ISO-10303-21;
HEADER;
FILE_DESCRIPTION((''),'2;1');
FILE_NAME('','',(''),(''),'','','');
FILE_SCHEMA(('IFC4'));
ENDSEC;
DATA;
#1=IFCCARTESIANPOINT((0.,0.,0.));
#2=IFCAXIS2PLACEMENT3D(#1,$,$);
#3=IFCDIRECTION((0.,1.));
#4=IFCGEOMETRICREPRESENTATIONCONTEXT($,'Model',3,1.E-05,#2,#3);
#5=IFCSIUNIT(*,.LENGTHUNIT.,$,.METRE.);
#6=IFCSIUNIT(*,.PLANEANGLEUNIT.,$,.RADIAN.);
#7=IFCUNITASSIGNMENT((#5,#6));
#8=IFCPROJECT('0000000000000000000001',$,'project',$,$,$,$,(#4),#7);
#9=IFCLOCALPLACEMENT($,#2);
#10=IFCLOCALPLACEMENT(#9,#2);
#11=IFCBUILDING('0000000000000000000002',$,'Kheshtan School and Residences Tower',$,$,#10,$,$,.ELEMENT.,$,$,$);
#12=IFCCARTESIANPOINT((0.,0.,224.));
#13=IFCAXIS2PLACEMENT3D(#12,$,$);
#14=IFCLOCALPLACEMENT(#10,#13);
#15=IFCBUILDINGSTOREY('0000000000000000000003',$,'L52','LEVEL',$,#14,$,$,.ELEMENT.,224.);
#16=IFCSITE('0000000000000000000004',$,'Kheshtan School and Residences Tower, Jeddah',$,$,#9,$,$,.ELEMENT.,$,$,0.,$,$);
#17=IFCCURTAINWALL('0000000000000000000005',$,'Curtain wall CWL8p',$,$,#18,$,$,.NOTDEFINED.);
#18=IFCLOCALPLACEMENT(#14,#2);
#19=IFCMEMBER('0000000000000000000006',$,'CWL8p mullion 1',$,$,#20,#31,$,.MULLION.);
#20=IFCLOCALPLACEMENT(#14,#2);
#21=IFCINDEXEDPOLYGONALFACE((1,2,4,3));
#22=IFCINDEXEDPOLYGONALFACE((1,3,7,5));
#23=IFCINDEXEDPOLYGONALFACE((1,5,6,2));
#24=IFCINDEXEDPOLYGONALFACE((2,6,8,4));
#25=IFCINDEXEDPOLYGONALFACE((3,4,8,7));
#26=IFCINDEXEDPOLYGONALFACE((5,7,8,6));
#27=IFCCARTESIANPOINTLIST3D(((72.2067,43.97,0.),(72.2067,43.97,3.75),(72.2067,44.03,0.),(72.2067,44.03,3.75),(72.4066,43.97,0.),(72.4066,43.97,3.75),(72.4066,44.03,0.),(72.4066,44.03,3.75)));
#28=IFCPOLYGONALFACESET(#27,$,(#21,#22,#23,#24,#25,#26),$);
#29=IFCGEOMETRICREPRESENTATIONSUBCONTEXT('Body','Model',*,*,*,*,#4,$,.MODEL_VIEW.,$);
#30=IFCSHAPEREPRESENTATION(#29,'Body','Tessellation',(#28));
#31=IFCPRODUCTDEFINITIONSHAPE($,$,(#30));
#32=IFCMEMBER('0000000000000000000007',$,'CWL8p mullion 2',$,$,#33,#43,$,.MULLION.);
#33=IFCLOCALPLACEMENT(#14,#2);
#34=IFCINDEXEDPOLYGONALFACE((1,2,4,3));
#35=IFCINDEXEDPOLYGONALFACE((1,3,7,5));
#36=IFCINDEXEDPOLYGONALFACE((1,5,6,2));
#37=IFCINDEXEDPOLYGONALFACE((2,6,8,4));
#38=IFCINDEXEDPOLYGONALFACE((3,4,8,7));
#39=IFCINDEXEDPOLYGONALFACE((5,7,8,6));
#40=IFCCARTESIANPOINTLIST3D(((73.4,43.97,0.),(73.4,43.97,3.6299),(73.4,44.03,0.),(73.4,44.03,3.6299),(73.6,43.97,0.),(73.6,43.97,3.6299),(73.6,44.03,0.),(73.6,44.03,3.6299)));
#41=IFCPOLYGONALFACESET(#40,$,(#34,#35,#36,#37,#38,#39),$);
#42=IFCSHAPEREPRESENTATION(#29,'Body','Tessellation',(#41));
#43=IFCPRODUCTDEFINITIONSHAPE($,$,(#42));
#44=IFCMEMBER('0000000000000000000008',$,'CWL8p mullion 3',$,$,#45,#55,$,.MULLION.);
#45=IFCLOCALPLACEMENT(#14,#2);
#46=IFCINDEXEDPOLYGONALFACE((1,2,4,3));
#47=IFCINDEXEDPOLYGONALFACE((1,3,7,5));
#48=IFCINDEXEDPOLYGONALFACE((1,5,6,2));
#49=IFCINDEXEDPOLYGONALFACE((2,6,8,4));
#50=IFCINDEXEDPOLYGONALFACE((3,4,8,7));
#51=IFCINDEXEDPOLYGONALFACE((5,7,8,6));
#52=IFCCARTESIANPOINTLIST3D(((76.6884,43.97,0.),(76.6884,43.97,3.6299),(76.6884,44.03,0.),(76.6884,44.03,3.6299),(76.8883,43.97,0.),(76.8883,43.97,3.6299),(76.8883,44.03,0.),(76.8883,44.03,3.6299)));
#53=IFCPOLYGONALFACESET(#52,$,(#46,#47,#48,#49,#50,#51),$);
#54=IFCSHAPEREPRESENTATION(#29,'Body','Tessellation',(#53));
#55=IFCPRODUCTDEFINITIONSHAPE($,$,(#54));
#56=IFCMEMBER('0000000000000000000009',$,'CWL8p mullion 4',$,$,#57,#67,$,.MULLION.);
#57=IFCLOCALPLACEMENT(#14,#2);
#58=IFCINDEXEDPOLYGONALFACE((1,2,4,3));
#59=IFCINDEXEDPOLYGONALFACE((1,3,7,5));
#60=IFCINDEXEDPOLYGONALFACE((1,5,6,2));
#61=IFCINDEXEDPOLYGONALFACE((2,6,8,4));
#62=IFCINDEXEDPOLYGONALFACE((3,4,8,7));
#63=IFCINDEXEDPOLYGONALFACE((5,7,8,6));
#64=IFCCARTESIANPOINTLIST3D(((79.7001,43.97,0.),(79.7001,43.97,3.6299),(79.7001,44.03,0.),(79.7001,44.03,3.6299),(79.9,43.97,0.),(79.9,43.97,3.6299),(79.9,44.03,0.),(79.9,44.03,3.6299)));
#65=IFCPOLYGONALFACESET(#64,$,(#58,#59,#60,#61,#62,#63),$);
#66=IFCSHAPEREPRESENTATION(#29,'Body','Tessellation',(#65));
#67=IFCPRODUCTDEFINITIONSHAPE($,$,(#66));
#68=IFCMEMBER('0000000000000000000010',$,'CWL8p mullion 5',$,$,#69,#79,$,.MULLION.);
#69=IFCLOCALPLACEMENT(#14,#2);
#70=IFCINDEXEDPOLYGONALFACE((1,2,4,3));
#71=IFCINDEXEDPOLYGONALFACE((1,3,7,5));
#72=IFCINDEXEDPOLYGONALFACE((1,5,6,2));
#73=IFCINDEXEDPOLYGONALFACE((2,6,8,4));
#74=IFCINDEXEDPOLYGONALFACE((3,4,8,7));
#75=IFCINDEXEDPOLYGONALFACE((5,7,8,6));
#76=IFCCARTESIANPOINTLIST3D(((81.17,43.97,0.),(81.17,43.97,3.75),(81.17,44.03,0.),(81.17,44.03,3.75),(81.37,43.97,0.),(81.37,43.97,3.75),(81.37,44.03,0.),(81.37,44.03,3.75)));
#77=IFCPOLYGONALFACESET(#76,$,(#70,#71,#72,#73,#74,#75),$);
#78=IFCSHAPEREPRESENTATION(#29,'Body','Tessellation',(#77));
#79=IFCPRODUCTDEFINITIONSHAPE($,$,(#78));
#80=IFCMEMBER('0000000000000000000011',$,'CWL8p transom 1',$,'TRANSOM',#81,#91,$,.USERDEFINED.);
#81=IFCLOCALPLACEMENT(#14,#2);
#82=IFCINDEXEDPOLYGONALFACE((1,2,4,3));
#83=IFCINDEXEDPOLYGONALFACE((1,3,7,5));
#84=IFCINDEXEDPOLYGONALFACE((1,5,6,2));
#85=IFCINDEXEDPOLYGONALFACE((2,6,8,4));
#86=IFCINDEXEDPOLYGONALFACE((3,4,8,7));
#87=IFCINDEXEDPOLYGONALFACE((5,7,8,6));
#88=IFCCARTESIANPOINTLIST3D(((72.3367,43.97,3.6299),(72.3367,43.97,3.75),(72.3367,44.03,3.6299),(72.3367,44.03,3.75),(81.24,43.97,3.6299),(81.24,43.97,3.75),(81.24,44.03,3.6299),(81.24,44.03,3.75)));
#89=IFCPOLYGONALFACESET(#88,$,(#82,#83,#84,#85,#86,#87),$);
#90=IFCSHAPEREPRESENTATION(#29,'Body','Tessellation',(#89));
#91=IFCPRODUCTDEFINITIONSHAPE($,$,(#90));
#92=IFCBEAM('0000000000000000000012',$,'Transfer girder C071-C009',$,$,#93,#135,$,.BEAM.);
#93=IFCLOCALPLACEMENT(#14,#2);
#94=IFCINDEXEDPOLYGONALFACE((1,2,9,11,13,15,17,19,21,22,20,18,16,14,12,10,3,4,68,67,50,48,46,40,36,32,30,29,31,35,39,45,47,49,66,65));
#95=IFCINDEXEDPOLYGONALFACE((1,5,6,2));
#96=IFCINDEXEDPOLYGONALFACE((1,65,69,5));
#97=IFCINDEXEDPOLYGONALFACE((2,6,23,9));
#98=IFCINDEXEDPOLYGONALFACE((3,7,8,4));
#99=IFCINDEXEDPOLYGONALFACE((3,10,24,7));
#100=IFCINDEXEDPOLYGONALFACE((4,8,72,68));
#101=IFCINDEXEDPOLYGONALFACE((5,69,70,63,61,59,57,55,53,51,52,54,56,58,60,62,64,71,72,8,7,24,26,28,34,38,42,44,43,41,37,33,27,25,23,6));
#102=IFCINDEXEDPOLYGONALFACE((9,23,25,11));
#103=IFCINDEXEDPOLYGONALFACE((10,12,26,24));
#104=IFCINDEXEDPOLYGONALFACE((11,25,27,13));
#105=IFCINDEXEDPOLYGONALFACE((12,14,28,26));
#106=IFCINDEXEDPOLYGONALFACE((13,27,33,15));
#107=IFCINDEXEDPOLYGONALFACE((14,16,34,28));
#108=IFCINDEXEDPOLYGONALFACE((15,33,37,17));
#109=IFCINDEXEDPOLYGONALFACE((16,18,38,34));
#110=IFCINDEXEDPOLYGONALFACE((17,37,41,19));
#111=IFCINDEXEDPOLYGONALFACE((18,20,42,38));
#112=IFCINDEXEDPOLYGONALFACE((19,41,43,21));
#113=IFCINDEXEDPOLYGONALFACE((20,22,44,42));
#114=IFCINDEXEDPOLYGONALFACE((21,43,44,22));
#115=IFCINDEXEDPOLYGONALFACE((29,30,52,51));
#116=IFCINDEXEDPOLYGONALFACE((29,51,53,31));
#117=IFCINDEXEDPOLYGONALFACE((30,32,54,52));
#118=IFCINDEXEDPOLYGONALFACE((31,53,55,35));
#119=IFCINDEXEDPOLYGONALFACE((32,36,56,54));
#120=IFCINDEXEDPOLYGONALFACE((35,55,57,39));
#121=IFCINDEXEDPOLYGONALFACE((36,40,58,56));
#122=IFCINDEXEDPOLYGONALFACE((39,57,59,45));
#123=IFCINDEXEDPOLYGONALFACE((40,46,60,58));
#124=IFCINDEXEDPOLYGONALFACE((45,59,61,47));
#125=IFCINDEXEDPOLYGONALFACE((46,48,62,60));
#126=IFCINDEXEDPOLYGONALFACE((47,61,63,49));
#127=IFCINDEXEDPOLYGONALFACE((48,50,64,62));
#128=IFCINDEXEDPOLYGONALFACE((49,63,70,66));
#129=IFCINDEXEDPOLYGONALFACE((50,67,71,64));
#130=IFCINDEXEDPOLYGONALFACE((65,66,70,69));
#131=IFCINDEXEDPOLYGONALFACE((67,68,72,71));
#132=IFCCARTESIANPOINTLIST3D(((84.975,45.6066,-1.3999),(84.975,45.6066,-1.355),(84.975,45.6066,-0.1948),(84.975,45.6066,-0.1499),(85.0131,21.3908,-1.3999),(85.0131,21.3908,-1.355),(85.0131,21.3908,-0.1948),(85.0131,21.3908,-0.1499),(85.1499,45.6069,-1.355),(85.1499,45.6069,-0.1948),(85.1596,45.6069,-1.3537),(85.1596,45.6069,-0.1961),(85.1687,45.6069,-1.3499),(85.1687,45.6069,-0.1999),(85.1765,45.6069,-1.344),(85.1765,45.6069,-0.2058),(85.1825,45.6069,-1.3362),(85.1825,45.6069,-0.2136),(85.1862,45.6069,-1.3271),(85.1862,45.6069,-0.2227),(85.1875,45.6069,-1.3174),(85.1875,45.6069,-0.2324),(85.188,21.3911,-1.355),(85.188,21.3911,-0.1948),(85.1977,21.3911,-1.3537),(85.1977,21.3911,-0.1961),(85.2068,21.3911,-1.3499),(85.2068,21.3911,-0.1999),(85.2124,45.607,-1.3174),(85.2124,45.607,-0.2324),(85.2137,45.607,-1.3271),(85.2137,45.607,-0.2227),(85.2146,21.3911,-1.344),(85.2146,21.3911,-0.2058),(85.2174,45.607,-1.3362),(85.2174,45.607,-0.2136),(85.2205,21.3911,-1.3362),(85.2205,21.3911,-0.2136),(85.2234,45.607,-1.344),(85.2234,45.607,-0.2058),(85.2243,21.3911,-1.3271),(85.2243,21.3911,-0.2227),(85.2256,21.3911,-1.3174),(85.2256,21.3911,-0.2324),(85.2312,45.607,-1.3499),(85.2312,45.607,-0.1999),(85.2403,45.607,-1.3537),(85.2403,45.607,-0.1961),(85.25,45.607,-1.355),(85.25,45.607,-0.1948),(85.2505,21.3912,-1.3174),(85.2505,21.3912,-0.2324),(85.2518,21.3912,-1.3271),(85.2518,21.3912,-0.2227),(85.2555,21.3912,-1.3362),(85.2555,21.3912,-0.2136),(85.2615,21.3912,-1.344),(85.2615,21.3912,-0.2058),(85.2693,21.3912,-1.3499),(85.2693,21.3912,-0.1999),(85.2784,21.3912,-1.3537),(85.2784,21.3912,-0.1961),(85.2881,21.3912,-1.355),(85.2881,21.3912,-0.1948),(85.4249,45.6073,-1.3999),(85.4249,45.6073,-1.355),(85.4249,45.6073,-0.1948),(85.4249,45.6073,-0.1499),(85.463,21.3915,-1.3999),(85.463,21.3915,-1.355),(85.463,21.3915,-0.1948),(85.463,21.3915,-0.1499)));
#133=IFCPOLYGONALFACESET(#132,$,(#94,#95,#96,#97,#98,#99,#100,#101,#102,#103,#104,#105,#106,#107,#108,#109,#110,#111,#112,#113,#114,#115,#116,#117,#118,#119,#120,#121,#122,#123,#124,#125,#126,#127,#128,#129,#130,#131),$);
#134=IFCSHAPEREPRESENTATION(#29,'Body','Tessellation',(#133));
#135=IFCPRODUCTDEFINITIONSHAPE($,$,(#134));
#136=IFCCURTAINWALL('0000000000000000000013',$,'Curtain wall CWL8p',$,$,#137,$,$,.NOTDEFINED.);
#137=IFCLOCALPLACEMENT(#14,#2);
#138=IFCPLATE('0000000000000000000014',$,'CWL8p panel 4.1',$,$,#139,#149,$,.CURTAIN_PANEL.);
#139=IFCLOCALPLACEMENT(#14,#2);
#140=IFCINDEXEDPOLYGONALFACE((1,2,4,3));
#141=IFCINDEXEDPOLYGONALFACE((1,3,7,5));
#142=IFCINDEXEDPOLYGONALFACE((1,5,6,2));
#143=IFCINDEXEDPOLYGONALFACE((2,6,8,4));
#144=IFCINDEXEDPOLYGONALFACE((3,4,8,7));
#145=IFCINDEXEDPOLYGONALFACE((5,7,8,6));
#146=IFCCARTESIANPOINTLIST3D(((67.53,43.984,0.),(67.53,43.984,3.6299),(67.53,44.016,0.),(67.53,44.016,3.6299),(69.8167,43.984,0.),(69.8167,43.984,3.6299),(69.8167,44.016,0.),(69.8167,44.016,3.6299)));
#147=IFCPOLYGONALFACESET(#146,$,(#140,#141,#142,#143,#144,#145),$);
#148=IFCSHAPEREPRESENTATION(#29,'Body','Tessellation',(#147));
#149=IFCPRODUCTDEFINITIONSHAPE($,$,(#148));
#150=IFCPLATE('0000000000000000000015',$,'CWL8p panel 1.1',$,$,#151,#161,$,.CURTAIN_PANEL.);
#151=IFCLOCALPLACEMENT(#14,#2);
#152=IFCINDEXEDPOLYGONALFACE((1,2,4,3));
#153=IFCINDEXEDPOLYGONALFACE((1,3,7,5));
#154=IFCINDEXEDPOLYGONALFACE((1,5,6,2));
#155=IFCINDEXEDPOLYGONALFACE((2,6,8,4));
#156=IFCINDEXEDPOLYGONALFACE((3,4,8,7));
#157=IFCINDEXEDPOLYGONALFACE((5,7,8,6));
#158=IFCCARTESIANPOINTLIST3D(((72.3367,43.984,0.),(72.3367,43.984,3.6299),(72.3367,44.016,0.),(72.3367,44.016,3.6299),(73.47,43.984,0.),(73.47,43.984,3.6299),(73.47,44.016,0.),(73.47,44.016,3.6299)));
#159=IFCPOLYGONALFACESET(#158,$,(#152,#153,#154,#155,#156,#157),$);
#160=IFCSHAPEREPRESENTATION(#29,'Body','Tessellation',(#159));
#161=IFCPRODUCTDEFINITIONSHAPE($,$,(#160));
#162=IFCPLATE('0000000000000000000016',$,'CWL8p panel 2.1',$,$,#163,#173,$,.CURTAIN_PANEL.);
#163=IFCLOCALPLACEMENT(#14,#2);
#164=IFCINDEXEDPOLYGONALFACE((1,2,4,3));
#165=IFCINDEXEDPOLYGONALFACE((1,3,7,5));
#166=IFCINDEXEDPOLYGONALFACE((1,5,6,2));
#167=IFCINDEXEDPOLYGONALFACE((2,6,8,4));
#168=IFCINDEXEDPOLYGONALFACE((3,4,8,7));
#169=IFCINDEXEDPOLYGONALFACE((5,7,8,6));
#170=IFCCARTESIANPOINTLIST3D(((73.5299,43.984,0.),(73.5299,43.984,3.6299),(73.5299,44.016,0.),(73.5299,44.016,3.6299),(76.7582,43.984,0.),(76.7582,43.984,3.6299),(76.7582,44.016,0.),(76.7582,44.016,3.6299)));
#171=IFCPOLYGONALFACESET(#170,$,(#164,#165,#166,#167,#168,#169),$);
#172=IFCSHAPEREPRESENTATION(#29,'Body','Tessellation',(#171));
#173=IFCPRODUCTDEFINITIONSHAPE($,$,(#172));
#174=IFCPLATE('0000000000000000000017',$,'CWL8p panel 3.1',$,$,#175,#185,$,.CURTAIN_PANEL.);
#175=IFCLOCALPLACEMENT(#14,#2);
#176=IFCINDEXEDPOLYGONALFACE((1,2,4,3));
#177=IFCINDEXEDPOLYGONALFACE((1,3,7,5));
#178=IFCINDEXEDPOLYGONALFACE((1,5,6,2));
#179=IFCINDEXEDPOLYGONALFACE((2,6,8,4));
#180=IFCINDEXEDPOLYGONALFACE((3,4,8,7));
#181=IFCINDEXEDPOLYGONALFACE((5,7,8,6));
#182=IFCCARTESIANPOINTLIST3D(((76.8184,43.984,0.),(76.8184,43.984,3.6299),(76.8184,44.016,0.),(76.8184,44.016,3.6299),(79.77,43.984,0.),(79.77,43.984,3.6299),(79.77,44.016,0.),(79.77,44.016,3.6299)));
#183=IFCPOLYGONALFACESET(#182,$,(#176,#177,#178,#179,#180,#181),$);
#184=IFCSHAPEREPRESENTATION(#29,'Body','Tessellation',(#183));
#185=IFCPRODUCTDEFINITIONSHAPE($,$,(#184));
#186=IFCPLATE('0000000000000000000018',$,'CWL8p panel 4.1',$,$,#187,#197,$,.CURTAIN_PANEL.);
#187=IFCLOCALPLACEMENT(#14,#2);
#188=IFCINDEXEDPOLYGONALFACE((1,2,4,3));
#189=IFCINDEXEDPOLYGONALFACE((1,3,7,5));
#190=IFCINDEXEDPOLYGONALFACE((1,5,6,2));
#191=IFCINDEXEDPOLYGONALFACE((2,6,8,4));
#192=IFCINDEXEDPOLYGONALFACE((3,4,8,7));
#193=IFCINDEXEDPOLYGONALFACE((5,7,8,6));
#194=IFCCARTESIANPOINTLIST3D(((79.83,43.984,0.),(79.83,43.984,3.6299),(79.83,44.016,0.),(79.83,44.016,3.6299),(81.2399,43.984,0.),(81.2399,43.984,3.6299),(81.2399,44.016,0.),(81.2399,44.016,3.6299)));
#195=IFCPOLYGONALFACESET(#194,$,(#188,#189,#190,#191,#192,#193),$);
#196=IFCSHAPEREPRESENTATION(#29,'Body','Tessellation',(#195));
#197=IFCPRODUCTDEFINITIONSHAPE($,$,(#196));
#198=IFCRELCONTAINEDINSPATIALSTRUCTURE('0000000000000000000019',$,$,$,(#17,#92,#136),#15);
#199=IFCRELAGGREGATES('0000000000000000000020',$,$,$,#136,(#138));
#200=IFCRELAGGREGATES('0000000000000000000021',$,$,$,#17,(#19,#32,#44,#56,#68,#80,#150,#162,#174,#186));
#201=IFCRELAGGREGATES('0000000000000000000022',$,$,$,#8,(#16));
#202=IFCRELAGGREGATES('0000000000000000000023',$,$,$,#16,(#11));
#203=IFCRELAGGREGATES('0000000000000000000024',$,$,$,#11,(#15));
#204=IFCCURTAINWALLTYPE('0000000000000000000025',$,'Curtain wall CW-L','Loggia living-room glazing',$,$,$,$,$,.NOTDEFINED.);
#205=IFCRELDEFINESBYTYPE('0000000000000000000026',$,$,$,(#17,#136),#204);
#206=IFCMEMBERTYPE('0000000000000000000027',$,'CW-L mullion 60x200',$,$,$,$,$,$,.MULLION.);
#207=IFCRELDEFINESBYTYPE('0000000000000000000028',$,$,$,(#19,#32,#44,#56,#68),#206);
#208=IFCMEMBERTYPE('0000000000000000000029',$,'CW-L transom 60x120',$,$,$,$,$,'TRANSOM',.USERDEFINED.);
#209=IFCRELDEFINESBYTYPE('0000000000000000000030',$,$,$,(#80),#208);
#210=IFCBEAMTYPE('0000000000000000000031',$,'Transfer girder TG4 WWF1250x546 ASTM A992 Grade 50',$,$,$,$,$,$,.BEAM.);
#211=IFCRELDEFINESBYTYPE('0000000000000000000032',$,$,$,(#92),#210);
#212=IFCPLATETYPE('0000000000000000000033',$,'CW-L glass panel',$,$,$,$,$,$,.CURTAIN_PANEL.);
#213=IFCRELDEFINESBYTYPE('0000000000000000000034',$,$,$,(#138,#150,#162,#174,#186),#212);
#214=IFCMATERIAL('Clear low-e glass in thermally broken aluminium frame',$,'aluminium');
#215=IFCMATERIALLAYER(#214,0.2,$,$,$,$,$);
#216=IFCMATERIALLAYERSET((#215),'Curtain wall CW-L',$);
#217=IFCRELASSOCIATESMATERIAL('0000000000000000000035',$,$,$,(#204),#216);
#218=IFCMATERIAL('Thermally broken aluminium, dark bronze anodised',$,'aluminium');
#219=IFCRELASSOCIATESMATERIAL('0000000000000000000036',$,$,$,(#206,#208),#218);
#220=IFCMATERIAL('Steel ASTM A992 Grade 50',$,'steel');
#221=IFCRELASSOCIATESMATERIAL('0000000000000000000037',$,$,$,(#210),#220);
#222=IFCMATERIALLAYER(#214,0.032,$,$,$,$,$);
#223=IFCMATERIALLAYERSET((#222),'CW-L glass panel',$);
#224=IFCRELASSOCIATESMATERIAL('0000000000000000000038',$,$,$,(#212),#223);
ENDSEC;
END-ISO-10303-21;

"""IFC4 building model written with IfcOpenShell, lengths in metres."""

from ifc_helpers import new_model, si_unit, direction, frame, origin, origin_2d, place, context, subcontext, project, spatial, rectangle, i_section, extrude, material, layer, layer_set, material_profile, profile_set, type_object, element, aggregate, save


model = new_model("IFC4")

# Units and contexts
model_context = context("Model", 3, precision=1e-05, world=origin(), true_north=direction((0.0, 1.0)))
body_context = subcontext(model_context, "Body", "Model", "MODEL_VIEW")
ifc_project = project(units=[si_unit("LENGTHUNIT", "METRE"), si_unit("PLANEANGLEUNIT", "RADIAN")], contexts=[model_context])

# Site, building, storey
site_placement = place(None, origin())
site = spatial("IfcSite", under=ifc_project, at=site_placement, Name="Kheshtan School and Residences Tower, Jeddah", CompositionType="ELEMENT", RefElevation=0.0)
building_placement = place(site_placement, origin())
building = spatial("IfcBuilding", under=site, at=building_placement, Name="Kheshtan School and Residences Tower", CompositionType="ELEMENT")
storey_placement = place(building_placement, frame((0.0, 0.0, 224.0)))
storey = spatial("IfcBuildingStorey", under=building, at=storey_placement, Name="L52", Description="LEVEL", CompositionType="ELEMENT", Elevation=224.0)

# Shared definitions
ifc_material_1 = material(Name="Steel ASTM A992 Grade 50", Category="steel")

# Curtain wall, members
ifc_material_2 = material(Name="Clear low-e glass in thermally broken aluminium frame", Category="aluminium")
ifc_layer_1 = layer(ifc_material_2, 0.2)
ifc_layer_set_1 = layer_set([ifc_layer_1], Name="Curtain wall CW-L")
curtain_wall_type = type_object("IfcCurtainWallType", Name="Curtain wall CW-L", Description="Loggia living-room glazing", PredefinedType="NOTDEFINED", material=ifc_layer_set_1)
curtain_wall_1_placement = place(storey_placement, origin())
curtain_wall_1 = element("IfcCurtainWall", 1, at=curtain_wall_1_placement, inside=storey, type_object=curtain_wall_type, Name="Curtain wall CWL8p", PredefinedType="NOTDEFINED")
ifc_material_3 = material(Name="Thermally broken aluminium, dark bronze anodised", Category="aluminium")
ifc_material_profile_1 = material_profile(ifc_material_3, rectangle(XDim=0.0601, YDim=0.2, at=origin_2d()), Name="CW-L mullion 60x200")
ifc_profile_set_1 = profile_set([ifc_material_profile_1], Name="Thermally broken aluminium, dark bronze anodised")
member_type_1 = type_object("IfcMemberType", Name="CW-L mullion 60x200", PredefinedType="MULLION", material=ifc_profile_set_1)
member_1_placement = place(storey_placement, frame((72.3066, 44.0, 0.0), z_axis=(0.0, 0.0, 1.0), x_axis=(0.0, 1.0, 0.0)))
member_1 = element("IfcMember", 2, at=member_1_placement, type_object=member_type_1, Name="CWL8p mullion 1", PredefinedType="MULLION", context=body_context, shape_type="SweptSolid", body=[
    extrude(rectangle(XDim=0.0601, YDim=0.2, at=origin_2d()), origin(), (0.0, 0.0, 1.0), 3.75),
])
member_2_placement = place(storey_placement, frame((73.5, 44.0, 0.0), z_axis=(0.0, 0.0, 1.0), x_axis=(0.0, 1.0, 0.0)))
member_2 = element("IfcMember", 3, at=member_2_placement, type_object=member_type_1, Name="CWL8p mullion 2", PredefinedType="MULLION", context=body_context, shape_type="SweptSolid", body=[
    extrude(rectangle(XDim=0.0601, YDim=0.2, at=origin_2d()), origin(), (0.0, 0.0, 1.0), 3.6299),
])
member_3_placement = place(storey_placement, frame((76.7883, 44.0, 0.0), z_axis=(0.0, 0.0, 1.0), x_axis=(0.0, 1.0, 0.0)))
member_3 = element("IfcMember", 4, at=member_3_placement, type_object=member_type_1, Name="CWL8p mullion 3", PredefinedType="MULLION", context=body_context, shape_type="SweptSolid", body=[
    extrude(rectangle(XDim=0.0601, YDim=0.2, at=origin_2d()), origin(), (0.0, 0.0, 1.0), 3.6299),
])
member_4_placement = place(storey_placement, frame((79.8, 44.0, 0.0), z_axis=(0.0, 0.0, 1.0), x_axis=(0.0, 1.0, 0.0)))
member_4 = element("IfcMember", 5, at=member_4_placement, type_object=member_type_1, Name="CWL8p mullion 4", PredefinedType="MULLION", context=body_context, shape_type="SweptSolid", body=[
    extrude(rectangle(XDim=0.0601, YDim=0.2, at=origin_2d()), origin(), (0.0, 0.0, 1.0), 3.6299),
])
member_5_placement = place(storey_placement, frame((81.27, 44.0, 0.0), z_axis=(0.0, 0.0, 1.0), x_axis=(0.0, 1.0, 0.0)))
member_5 = element("IfcMember", 6, at=member_5_placement, type_object=member_type_1, Name="CWL8p mullion 5", PredefinedType="MULLION", context=body_context, shape_type="SweptSolid", body=[
    extrude(rectangle(XDim=0.0601, YDim=0.2, at=origin_2d()), origin(), (0.0, 0.0, 1.0), 3.75),
])
ifc_material_profile_2 = material_profile(ifc_material_3, rectangle(XDim=0.0601, YDim=0.1201, at=origin_2d()), Name="CW-L transom 60x120")
ifc_profile_set_2 = profile_set([ifc_material_profile_2], Name="Thermally broken aluminium, dark bronze anodised")
member_type_2 = type_object("IfcMemberType", Name="CW-L transom 60x120", ElementType="TRANSOM", PredefinedType="USERDEFINED", material=ifc_profile_set_2)
member_6_placement = place(storey_placement, frame((72.3367, 44.0, 3.6899), z_axis=(1.0, 0.0, 0.0), x_axis=(0.0, 1.0, 0.0)))
member_6 = element("IfcMember", 7, at=member_6_placement, type_object=member_type_2, Name="CWL8p transom 1", ObjectType="TRANSOM", PredefinedType="USERDEFINED", context=body_context, shape_type="SweptSolid", body=[
    extrude(rectangle(XDim=0.0601, YDim=0.1201, at=origin_2d()), origin(), (0.0, 0.0, 1.0), 8.9033),
])

# Beam
ifc_material_profile_3 = material_profile(ifc_material_1, i_section(OverallWidth=0.45, OverallDepth=1.25, WebThickness=0.0249, FlangeThickness=0.0449, FilletRadius=0.0376, at=origin_2d()), Name="WWF1250x546")
ifc_profile_set_3 = profile_set([ifc_material_profile_3], Name="Steel ASTM A992 Grade 50")
beam_type_1 = type_object("IfcBeamType", Name="Transfer girder TG4 WWF1250x546 ASTM A992 Grade 50", PredefinedType="BEAM", material=ifc_profile_set_3)
beam_1_placement = place(storey_placement, frame((85.2, 45.6069, -0.7749), z_axis=(0.001573, -0.999999, 0.0), x_axis=(0.999999, 0.001573, 0.0)))
element("IfcBeam", 8, at=beam_1_placement, inside=storey, type_object=beam_type_1, Name="Transfer girder C071-C009", PredefinedType="BEAM", context=body_context, shape_type="SweptSolid", body=[
    extrude(i_section(OverallWidth=0.45, OverallDepth=1.25, WebThickness=0.0249, FlangeThickness=0.0449, FilletRadius=0.0376, at=origin_2d()), origin(), (0.0, 0.0, 1.0), 24.2158),
])

# Curtain wall, plate
curtain_wall_2_placement = place(storey_placement, origin())
curtain_wall_2 = element("IfcCurtainWall", 9, at=curtain_wall_2_placement, inside=storey, type_object=curtain_wall_type, Name="Curtain wall CWL8p", PredefinedType="NOTDEFINED")
ifc_layer_2 = layer(ifc_material_2, 0.032)
ifc_layer_set_2 = layer_set([ifc_layer_2], Name="CW-L glass panel")
plate_type = type_object("IfcPlateType", Name="CW-L glass panel", PredefinedType="CURTAIN_PANEL", material=ifc_layer_set_2)
plate_1_placement = place(storey_placement, frame((68.6733, 44.0, 0.0), z_axis=(0.0, 0.0, 1.0), x_axis=(1.0, 0.0, 0.0)))
plate_1 = element("IfcPlate", 10, at=plate_1_placement, type_object=plate_type, Name="CWL8p panel 4.1", PredefinedType="CURTAIN_PANEL", context=body_context, shape_type="SweptSolid", body=[
    extrude(rectangle(XDim=2.2866, YDim=0.032, at=origin_2d()), origin(), (0.0, 0.0, 1.0), 3.6299),
])
aggregate(curtain_wall_2, [plate_1])

# Plates
plate_2_placement = place(storey_placement, frame((72.9033, 44.0, 0.0), z_axis=(0.0, 0.0, 1.0), x_axis=(1.0, 0.0, 0.0)))
plate_2 = element("IfcPlate", 11, at=plate_2_placement, type_object=plate_type, Name="CWL8p panel 1.1", PredefinedType="CURTAIN_PANEL", context=body_context, shape_type="SweptSolid", body=[
    extrude(rectangle(XDim=1.1333, YDim=0.032, at=origin_2d()), origin(), (0.0, 0.0, 1.0), 3.6299),
])
plate_3_placement = place(storey_placement, frame((75.144, 44.0, 0.0), z_axis=(0.0, 0.0, 1.0), x_axis=(1.0, 0.0, 0.0)))
plate_3 = element("IfcPlate", 12, at=plate_3_placement, type_object=plate_type, Name="CWL8p panel 2.1", PredefinedType="CURTAIN_PANEL", context=body_context, shape_type="SweptSolid", body=[
    extrude(rectangle(XDim=3.2283, YDim=0.032, at=origin_2d()), origin(), (0.0, 0.0, 1.0), 3.6299),
])
plate_4_placement = place(storey_placement, frame((78.2942, 44.0, 0.0), z_axis=(0.0, 0.0, 1.0), x_axis=(1.0, 0.0, 0.0)))
plate_4 = element("IfcPlate", 13, at=plate_4_placement, type_object=plate_type, Name="CWL8p panel 3.1", PredefinedType="CURTAIN_PANEL", context=body_context, shape_type="SweptSolid", body=[
    extrude(rectangle(XDim=2.9517, YDim=0.032, at=origin_2d()), origin(), (0.0, 0.0, 1.0), 3.6299),
])
plate_5_placement = place(storey_placement, frame((80.5349, 44.0, 0.0), z_axis=(0.0, 0.0, 1.0), x_axis=(1.0, 0.0, 0.0)))
plate_5 = element("IfcPlate", 14, at=plate_5_placement, type_object=plate_type, Name="CWL8p panel 4.1", PredefinedType="CURTAIN_PANEL", context=body_context, shape_type="SweptSolid", body=[
    extrude(rectangle(XDim=1.4099, YDim=0.032, at=origin_2d()), origin(), (0.0, 0.0, 1.0), 3.6299),
])
aggregate(curtain_wall_1, [member_1, member_2, member_3, member_4, member_5, member_6, plate_2, plate_3, plate_4, plate_5])

save(model, "model.ifc")
